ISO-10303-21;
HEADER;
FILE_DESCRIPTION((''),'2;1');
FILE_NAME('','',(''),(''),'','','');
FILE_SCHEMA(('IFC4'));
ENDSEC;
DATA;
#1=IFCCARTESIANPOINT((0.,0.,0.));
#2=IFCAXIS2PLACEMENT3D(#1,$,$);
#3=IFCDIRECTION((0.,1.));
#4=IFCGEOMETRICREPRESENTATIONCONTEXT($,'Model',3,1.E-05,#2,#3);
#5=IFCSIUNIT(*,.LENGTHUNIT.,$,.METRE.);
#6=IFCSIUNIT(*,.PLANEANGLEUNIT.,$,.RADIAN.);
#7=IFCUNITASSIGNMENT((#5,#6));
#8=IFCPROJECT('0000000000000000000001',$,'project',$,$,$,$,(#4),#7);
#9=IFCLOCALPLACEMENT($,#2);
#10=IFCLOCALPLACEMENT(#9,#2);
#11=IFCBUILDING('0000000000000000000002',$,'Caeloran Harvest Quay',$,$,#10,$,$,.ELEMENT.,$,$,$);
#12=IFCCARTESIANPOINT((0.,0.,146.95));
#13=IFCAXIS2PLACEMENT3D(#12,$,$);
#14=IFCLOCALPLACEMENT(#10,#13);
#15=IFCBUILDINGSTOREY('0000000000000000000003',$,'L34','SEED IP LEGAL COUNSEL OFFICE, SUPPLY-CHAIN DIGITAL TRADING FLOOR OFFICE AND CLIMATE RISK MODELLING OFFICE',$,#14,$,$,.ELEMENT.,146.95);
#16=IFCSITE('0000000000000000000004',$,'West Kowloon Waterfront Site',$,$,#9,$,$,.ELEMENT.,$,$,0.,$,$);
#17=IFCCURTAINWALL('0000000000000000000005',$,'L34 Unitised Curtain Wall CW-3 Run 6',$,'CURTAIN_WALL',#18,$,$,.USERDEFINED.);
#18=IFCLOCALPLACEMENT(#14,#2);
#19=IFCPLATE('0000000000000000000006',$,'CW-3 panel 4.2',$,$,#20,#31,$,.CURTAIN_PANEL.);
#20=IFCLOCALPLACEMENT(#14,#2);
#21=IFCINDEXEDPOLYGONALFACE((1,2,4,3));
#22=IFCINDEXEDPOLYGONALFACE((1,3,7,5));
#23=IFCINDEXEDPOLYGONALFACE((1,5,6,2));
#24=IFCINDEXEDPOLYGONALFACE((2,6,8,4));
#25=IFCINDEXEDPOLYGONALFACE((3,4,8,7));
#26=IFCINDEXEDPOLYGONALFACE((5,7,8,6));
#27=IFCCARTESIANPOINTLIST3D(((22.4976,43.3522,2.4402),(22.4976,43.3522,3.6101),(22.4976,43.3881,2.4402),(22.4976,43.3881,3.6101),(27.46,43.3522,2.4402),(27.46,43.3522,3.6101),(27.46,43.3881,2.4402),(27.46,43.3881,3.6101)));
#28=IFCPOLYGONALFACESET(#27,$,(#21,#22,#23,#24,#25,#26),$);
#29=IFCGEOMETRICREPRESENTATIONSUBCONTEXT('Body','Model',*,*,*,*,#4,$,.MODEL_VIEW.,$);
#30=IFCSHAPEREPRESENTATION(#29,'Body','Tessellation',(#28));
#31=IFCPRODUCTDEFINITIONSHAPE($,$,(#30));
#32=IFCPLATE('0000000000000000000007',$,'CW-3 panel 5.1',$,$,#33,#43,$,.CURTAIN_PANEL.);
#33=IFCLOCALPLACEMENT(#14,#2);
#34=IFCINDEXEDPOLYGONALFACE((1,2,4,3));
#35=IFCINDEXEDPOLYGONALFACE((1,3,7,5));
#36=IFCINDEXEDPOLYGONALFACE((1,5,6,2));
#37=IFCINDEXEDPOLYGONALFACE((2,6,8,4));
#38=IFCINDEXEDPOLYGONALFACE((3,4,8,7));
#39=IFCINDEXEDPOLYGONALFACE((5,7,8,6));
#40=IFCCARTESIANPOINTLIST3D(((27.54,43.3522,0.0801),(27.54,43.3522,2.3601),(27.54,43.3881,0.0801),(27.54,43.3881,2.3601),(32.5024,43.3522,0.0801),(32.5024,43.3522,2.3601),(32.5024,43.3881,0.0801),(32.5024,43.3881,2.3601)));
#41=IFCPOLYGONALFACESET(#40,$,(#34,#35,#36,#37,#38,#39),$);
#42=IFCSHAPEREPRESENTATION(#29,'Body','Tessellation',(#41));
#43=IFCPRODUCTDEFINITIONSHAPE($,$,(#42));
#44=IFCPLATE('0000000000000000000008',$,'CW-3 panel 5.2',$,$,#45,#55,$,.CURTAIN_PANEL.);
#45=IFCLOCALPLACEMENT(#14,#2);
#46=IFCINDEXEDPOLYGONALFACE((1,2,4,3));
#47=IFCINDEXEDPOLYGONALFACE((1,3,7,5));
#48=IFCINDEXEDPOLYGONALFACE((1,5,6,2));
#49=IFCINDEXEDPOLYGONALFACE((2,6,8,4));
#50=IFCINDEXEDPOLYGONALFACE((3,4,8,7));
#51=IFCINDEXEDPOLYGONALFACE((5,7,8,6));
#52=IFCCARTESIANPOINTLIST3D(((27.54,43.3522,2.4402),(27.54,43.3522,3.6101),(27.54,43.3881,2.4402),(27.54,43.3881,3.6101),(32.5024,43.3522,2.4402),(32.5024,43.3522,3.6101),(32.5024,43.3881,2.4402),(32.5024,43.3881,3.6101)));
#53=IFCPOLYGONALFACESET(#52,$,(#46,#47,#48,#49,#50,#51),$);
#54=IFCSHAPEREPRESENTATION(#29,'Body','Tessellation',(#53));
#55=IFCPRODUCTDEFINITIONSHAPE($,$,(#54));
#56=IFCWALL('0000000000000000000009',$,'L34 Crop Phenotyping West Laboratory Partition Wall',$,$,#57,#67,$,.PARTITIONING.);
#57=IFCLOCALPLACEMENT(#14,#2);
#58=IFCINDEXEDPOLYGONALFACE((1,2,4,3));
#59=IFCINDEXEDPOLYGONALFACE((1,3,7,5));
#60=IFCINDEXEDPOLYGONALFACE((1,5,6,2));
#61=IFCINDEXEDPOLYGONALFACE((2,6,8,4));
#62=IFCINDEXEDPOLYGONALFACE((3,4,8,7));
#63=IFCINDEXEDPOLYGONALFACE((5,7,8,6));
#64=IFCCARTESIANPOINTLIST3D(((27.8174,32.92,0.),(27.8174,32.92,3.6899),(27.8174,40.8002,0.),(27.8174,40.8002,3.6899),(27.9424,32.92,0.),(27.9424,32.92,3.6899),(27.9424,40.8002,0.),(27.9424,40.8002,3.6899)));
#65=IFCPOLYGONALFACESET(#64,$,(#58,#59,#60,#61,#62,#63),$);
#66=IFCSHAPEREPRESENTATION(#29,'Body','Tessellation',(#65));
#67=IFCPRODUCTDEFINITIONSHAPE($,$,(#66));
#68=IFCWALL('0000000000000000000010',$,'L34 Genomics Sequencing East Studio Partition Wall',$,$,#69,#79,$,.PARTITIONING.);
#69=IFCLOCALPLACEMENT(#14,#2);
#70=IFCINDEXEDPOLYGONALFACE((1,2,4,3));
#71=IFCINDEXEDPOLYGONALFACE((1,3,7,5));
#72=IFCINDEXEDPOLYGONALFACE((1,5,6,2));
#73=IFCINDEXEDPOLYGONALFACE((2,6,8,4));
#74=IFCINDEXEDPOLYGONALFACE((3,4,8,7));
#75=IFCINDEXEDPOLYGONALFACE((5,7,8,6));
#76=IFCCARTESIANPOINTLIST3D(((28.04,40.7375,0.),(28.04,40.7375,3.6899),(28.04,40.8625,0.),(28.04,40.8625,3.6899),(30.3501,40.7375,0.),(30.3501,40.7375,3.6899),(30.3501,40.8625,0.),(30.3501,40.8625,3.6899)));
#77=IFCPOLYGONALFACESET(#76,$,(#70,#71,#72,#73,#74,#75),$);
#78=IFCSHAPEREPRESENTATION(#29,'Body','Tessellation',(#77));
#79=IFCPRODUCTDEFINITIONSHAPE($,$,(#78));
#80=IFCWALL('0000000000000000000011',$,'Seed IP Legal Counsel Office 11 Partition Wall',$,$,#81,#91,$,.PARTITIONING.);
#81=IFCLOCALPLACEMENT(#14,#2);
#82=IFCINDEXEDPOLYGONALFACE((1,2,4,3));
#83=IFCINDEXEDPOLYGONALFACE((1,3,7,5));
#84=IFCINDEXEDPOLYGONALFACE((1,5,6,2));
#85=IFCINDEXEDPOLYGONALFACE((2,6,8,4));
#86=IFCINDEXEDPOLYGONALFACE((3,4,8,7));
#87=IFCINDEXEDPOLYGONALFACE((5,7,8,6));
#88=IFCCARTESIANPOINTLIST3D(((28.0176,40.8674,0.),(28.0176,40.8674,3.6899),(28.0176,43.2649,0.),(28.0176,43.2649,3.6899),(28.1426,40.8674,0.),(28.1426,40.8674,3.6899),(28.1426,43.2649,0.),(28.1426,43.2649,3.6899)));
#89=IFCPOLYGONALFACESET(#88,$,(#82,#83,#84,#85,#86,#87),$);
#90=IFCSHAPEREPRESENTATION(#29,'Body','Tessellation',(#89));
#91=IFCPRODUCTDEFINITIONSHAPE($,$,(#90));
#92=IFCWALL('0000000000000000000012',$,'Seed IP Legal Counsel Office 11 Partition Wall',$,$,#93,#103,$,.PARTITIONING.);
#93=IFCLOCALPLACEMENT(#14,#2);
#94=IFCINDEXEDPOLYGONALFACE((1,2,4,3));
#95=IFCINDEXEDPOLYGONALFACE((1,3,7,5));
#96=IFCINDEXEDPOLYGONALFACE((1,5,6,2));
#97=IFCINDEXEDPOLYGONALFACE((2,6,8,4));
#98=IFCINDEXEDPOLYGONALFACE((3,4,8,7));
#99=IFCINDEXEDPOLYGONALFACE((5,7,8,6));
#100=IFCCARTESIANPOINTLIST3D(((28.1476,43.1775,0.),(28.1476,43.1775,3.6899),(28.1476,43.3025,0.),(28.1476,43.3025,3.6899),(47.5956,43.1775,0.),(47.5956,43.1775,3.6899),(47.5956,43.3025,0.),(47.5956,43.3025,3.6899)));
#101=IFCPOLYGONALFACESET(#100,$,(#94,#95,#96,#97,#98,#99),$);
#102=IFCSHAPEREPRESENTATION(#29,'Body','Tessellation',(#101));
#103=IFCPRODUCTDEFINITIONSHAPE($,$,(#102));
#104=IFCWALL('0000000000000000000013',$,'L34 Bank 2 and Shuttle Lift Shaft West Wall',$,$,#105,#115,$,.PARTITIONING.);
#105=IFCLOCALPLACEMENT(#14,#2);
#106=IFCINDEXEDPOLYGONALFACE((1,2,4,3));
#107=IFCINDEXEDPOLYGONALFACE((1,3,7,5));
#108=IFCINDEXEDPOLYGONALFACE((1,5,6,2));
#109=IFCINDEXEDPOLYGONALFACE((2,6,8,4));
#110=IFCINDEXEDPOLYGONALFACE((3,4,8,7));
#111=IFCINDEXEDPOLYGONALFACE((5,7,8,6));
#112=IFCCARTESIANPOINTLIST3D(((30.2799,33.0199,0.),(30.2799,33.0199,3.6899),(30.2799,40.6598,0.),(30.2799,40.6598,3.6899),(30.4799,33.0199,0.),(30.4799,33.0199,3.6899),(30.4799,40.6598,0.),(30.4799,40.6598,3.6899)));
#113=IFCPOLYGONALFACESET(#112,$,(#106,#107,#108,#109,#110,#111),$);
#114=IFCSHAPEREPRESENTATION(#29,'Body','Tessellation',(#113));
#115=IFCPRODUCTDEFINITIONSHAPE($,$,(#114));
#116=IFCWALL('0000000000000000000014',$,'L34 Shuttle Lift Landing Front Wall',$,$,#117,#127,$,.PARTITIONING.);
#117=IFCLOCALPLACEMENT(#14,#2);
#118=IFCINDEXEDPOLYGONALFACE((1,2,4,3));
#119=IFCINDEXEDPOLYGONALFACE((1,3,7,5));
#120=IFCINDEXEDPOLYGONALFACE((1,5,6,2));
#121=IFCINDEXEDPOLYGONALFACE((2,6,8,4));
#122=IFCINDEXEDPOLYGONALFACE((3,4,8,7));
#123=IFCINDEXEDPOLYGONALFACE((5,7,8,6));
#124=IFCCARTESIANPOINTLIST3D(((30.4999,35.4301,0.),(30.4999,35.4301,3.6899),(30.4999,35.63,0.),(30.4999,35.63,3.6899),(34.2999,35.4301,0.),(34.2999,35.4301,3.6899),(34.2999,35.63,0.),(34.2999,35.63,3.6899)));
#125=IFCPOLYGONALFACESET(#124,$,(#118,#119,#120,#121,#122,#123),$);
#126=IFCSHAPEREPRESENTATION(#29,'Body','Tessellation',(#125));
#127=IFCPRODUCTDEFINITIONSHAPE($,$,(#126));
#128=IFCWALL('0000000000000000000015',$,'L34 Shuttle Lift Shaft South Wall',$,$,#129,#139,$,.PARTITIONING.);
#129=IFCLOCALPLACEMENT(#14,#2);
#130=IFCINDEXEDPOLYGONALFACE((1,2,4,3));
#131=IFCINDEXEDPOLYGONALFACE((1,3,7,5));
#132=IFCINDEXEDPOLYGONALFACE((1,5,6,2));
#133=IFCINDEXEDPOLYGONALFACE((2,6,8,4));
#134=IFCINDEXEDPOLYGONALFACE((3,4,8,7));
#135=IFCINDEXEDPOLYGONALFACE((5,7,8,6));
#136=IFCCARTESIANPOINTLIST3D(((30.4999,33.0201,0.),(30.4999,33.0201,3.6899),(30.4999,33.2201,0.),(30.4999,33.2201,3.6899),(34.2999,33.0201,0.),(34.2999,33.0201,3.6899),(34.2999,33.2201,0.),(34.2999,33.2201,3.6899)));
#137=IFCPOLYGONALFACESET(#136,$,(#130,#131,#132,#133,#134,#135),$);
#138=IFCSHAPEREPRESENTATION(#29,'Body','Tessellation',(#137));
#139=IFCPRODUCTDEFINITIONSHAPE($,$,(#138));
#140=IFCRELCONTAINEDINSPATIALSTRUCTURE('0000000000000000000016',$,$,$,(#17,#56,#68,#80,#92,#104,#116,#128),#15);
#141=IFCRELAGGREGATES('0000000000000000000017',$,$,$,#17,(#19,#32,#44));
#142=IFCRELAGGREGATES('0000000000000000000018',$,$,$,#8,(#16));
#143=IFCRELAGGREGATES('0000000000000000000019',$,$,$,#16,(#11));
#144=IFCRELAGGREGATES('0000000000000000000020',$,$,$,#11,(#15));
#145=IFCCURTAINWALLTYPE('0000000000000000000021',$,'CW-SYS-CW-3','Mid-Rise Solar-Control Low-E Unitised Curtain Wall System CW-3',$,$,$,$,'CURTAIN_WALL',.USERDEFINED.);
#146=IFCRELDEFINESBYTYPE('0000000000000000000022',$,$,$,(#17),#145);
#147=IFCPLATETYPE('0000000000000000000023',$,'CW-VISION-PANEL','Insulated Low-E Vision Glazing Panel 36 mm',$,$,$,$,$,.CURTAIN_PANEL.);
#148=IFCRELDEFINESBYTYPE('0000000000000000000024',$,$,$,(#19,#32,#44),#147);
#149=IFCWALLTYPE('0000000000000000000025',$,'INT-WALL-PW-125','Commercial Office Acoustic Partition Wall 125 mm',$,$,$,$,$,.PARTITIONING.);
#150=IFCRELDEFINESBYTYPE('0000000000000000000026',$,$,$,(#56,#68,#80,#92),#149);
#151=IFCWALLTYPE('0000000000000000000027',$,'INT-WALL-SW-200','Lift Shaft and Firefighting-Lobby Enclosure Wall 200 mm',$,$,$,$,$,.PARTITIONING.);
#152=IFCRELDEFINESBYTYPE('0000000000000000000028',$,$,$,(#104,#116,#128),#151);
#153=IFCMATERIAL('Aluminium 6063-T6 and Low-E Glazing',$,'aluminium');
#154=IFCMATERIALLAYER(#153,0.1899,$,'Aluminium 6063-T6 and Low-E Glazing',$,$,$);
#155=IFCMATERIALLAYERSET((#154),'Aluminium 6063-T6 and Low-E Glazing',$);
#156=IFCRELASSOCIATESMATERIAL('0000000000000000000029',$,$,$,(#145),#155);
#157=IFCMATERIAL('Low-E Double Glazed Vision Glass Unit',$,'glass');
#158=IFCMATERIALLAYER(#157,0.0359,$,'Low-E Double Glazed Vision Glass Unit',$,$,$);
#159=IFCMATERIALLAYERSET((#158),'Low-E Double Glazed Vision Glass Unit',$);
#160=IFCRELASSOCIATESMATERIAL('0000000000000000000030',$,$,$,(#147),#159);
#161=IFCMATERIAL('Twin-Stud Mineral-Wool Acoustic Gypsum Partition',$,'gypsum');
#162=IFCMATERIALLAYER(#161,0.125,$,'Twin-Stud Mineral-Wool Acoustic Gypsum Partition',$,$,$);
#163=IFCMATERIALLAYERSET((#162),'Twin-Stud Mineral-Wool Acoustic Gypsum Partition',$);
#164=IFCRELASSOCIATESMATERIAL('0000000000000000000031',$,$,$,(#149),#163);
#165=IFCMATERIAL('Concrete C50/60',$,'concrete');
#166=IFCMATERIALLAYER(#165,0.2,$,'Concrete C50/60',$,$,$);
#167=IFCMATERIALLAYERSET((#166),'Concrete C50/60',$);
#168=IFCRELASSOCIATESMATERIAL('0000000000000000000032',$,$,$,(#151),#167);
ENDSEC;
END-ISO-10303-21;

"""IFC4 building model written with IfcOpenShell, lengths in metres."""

from ifc_helpers import new_model, si_unit, direction, frame, frame_2d, origin, origin_2d, place, context, subcontext, project, spatial, rectangle, extrude, material, layer, layer_set, type_object, element, aggregate, save


model = new_model("IFC4")

# Units and contexts
model_context = context("Model", 3, precision=1e-05, world=origin(), true_north=direction((0.0, 1.0)))
body_context = subcontext(model_context, "Body", "Model", "MODEL_VIEW")
ifc_project = project(units=[si_unit("LENGTHUNIT", "METRE"), si_unit("PLANEANGLEUNIT", "RADIAN")], contexts=[model_context])

# Site, building, storey
site_placement = place(None, origin())
site = spatial("IfcSite", under=ifc_project, at=site_placement, Name="West Kowloon Waterfront Site", CompositionType="ELEMENT", RefElevation=0.0)
building_placement = place(site_placement, origin())
building = spatial("IfcBuilding", under=site, at=building_placement, Name="Caeloran Harvest Quay", CompositionType="ELEMENT")
storey_placement = place(building_placement, frame((0.0, 0.0, 146.95)))
storey = spatial("IfcBuildingStorey", under=building, at=storey_placement, Name="L34", Description="SEED IP LEGAL COUNSEL OFFICE, SUPPLY-CHAIN DIGITAL TRADING FLOOR OFFICE AND CLIMATE RISK MODELLING OFFICE", CompositionType="ELEMENT", Elevation=146.95)

# Curtain wall, plates
ifc_material_1 = material(Name="Aluminium 6063-T6 and Low-E Glazing", Category="aluminium")
ifc_layer_1 = layer(ifc_material_1, 0.1899, Name="Aluminium 6063-T6 and Low-E Glazing")
ifc_layer_set_1 = layer_set([ifc_layer_1], Name="Aluminium 6063-T6 and Low-E Glazing")
curtain_wall_type = type_object("IfcCurtainWallType", Name="CW-SYS-CW-3", Description="Mid-Rise Solar-Control Low-E Unitised Curtain Wall System CW-3", ElementType="CURTAIN_WALL", PredefinedType="USERDEFINED", material=ifc_layer_set_1)
curtain_wall_placement = place(storey_placement, origin())
curtain_wall = element("IfcCurtainWall", 1, at=curtain_wall_placement, inside=storey, type_object=curtain_wall_type, Name="L34 Unitised Curtain Wall CW-3 Run 6", ObjectType="CURTAIN_WALL", PredefinedType="USERDEFINED")
ifc_material_2 = material(Name="Low-E Double Glazed Vision Glass Unit", Category="glass")
ifc_layer_2 = layer(ifc_material_2, 0.0359, Name="Low-E Double Glazed Vision Glass Unit")
ifc_layer_set_2 = layer_set([ifc_layer_2], Name="Low-E Double Glazed Vision Glass Unit")
plate_type = type_object("IfcPlateType", Name="CW-VISION-PANEL", Description="Insulated Low-E Vision Glazing Panel 36 mm", PredefinedType="CURTAIN_PANEL", material=ifc_layer_set_2)
plate_1_placement = place(storey_placement, frame((24.9788, 43.3701, 2.4402), z_axis=(0.0, 0.0, 1.0), x_axis=(1.0, 0.0, 0.0)))
plate_1 = element("IfcPlate", 2, at=plate_1_placement, type_object=plate_type, Name="CW-3 panel 4.2", PredefinedType="CURTAIN_PANEL", context=body_context, shape_type="SweptSolid", body=[
    extrude(rectangle(XDim=4.9624, YDim=0.0359, at=origin_2d()), origin(), (0.0, 0.0, 1.0), 1.1699),
])
plate_2_placement = place(storey_placement, frame((30.0212, 43.3701, 0.0801), z_axis=(0.0, 0.0, 1.0), x_axis=(1.0, 0.0, 0.0)))
plate_2 = element("IfcPlate", 3, at=plate_2_placement, type_object=plate_type, Name="CW-3 panel 5.1", PredefinedType="CURTAIN_PANEL", context=body_context, shape_type="SweptSolid", body=[
    extrude(rectangle(XDim=4.9624, YDim=0.0359, at=origin_2d()), origin(), (0.0, 0.0, 1.0), 2.28),
])
plate_3_placement = place(storey_placement, frame((30.0212, 43.3701, 2.4402), z_axis=(0.0, 0.0, 1.0), x_axis=(1.0, 0.0, 0.0)))
plate_3 = element("IfcPlate", 4, at=plate_3_placement, type_object=plate_type, Name="CW-3 panel 5.2", PredefinedType="CURTAIN_PANEL", context=body_context, shape_type="SweptSolid", body=[
    extrude(rectangle(XDim=4.9624, YDim=0.0359, at=origin_2d()), origin(), (0.0, 0.0, 1.0), 1.1699),
])
aggregate(curtain_wall, [plate_1, plate_2, plate_3])

# Wall
ifc_material_3 = material(Name="Twin-Stud Mineral-Wool Acoustic Gypsum Partition", Category="gypsum")
ifc_layer_3 = layer(ifc_material_3, 0.125, Name="Twin-Stud Mineral-Wool Acoustic Gypsum Partition")
ifc_layer_set_3 = layer_set([ifc_layer_3], Name="Twin-Stud Mineral-Wool Acoustic Gypsum Partition")
wall_type_1 = type_object("IfcWallType", Name="INT-WALL-PW-125", Description="Commercial Office Acoustic Partition Wall 125 mm", PredefinedType="PARTITIONING", material=ifc_layer_set_3)
wall_1_placement = place(storey_placement, frame((27.8799, 40.8, 0.0), z_axis=(0.0, 0.0, 1.0), x_axis=(0.0, -1.0, 0.0)))
element("IfcWall", 5, at=wall_1_placement, inside=storey, type_object=wall_type_1, Name="L34 Crop Phenotyping West Laboratory Partition Wall", PredefinedType="PARTITIONING", context=body_context, shape_type="SweptSolid", body=[
    extrude(rectangle(XDim=7.8801, YDim=0.125, at=frame_2d((3.9399, 0.0))), origin(), (0.0, 0.0, 1.0), 3.6899),
])

# Walls
wall_2_placement = place(storey_placement, frame((28.04, 40.8, 0.0), z_axis=(0.0, 0.0, 1.0), x_axis=(1.0, 0.0, 0.0)))
element("IfcWall", 6, at=wall_2_placement, inside=storey, type_object=wall_type_1, Name="L34 Genomics Sequencing East Studio Partition Wall", PredefinedType="PARTITIONING", context=body_context, shape_type="SweptSolid", body=[
    extrude(rectangle(XDim=2.3101, YDim=0.125, at=frame_2d((1.155, 0.0))), origin(), (0.0, 0.0, 1.0), 3.6899),
])
wall_3_placement = place(storey_placement, frame((28.0801, 40.8674, 0.0), z_axis=(0.0, 0.0, 1.0), x_axis=(0.0, 1.0, 0.0)))
element("IfcWall", 7, at=wall_3_placement, inside=storey, type_object=wall_type_1, Name="Seed IP Legal Counsel Office 11 Partition Wall", PredefinedType="PARTITIONING", context=body_context, shape_type="SweptSolid", body=[
    extrude(rectangle(XDim=2.3975, YDim=0.125, at=frame_2d((1.1987, 0.0))), origin(), (0.0, 0.0, 1.0), 3.6899),
])
wall_4_placement = place(storey_placement, frame((28.1475, 43.24, 0.0), z_axis=(0.0, 0.0, 1.0), x_axis=(1.0, 0.0, 0.0)))
element("IfcWall", 8, at=wall_4_placement, inside=storey, type_object=wall_type_1, Name="Seed IP Legal Counsel Office 11 Partition Wall", PredefinedType="PARTITIONING", context=body_context, shape_type="SweptSolid", body=[
    extrude(rectangle(XDim=19.448, YDim=0.125, at=frame_2d((9.7241, 0.0))), origin(), (0.0, 0.0, 1.0), 3.6899),
])
ifc_material_4 = material(Name="Concrete C50/60", Category="concrete")
ifc_layer_4 = layer(ifc_material_4, 0.2, Name="Concrete C50/60")
ifc_layer_set_4 = layer_set([ifc_layer_4], Name="Concrete C50/60")
wall_type_2 = type_object("IfcWallType", Name="INT-WALL-SW-200", Description="Lift Shaft and Firefighting-Lobby Enclosure Wall 200 mm", PredefinedType="PARTITIONING", material=ifc_layer_set_4)
wall_5_placement = place(storey_placement, frame((30.3799, 33.02, 0.0), z_axis=(0.0, 0.0, 1.0), x_axis=(0.0, 1.0, 0.0)))
element("IfcWall", 9, at=wall_5_placement, inside=storey, type_object=wall_type_2, Name="L34 Bank 2 and Shuttle Lift Shaft West Wall", PredefinedType="PARTITIONING", context=body_context, shape_type="SweptSolid", body=[
    extrude(rectangle(XDim=7.6399, YDim=0.2, at=frame_2d((3.8198, 0.0))), origin(), (0.0, 0.0, 1.0), 3.6899),
])
for number, where, z_axis, x_axis, name in (
    (10, (30.5, 35.53, 0.0), (0.0, 0.0, 1.0), (1.0, 0.0, 0.0), "L34 Shuttle Lift Landing Front Wall"),
    (11, (30.5, 33.1201, 0.0), (0.0, 0.0, 1.0), (1.0, 0.0, 0.0), "L34 Shuttle Lift Shaft South Wall"),
):
    element("IfcWall", number, at=place(storey_placement, frame(where, z_axis=z_axis, x_axis=x_axis)), inside=storey, type_object=wall_type_2, Name=name, PredefinedType="PARTITIONING", context=body_context, shape_type="SweptSolid", body=[
        extrude(rectangle(XDim=3.8, YDim=0.2, at=frame_2d((1.8999, 0.0))), origin(), (0.0, 0.0, 1.0), 3.6899),
    ])

save(model, "model.ifc")
